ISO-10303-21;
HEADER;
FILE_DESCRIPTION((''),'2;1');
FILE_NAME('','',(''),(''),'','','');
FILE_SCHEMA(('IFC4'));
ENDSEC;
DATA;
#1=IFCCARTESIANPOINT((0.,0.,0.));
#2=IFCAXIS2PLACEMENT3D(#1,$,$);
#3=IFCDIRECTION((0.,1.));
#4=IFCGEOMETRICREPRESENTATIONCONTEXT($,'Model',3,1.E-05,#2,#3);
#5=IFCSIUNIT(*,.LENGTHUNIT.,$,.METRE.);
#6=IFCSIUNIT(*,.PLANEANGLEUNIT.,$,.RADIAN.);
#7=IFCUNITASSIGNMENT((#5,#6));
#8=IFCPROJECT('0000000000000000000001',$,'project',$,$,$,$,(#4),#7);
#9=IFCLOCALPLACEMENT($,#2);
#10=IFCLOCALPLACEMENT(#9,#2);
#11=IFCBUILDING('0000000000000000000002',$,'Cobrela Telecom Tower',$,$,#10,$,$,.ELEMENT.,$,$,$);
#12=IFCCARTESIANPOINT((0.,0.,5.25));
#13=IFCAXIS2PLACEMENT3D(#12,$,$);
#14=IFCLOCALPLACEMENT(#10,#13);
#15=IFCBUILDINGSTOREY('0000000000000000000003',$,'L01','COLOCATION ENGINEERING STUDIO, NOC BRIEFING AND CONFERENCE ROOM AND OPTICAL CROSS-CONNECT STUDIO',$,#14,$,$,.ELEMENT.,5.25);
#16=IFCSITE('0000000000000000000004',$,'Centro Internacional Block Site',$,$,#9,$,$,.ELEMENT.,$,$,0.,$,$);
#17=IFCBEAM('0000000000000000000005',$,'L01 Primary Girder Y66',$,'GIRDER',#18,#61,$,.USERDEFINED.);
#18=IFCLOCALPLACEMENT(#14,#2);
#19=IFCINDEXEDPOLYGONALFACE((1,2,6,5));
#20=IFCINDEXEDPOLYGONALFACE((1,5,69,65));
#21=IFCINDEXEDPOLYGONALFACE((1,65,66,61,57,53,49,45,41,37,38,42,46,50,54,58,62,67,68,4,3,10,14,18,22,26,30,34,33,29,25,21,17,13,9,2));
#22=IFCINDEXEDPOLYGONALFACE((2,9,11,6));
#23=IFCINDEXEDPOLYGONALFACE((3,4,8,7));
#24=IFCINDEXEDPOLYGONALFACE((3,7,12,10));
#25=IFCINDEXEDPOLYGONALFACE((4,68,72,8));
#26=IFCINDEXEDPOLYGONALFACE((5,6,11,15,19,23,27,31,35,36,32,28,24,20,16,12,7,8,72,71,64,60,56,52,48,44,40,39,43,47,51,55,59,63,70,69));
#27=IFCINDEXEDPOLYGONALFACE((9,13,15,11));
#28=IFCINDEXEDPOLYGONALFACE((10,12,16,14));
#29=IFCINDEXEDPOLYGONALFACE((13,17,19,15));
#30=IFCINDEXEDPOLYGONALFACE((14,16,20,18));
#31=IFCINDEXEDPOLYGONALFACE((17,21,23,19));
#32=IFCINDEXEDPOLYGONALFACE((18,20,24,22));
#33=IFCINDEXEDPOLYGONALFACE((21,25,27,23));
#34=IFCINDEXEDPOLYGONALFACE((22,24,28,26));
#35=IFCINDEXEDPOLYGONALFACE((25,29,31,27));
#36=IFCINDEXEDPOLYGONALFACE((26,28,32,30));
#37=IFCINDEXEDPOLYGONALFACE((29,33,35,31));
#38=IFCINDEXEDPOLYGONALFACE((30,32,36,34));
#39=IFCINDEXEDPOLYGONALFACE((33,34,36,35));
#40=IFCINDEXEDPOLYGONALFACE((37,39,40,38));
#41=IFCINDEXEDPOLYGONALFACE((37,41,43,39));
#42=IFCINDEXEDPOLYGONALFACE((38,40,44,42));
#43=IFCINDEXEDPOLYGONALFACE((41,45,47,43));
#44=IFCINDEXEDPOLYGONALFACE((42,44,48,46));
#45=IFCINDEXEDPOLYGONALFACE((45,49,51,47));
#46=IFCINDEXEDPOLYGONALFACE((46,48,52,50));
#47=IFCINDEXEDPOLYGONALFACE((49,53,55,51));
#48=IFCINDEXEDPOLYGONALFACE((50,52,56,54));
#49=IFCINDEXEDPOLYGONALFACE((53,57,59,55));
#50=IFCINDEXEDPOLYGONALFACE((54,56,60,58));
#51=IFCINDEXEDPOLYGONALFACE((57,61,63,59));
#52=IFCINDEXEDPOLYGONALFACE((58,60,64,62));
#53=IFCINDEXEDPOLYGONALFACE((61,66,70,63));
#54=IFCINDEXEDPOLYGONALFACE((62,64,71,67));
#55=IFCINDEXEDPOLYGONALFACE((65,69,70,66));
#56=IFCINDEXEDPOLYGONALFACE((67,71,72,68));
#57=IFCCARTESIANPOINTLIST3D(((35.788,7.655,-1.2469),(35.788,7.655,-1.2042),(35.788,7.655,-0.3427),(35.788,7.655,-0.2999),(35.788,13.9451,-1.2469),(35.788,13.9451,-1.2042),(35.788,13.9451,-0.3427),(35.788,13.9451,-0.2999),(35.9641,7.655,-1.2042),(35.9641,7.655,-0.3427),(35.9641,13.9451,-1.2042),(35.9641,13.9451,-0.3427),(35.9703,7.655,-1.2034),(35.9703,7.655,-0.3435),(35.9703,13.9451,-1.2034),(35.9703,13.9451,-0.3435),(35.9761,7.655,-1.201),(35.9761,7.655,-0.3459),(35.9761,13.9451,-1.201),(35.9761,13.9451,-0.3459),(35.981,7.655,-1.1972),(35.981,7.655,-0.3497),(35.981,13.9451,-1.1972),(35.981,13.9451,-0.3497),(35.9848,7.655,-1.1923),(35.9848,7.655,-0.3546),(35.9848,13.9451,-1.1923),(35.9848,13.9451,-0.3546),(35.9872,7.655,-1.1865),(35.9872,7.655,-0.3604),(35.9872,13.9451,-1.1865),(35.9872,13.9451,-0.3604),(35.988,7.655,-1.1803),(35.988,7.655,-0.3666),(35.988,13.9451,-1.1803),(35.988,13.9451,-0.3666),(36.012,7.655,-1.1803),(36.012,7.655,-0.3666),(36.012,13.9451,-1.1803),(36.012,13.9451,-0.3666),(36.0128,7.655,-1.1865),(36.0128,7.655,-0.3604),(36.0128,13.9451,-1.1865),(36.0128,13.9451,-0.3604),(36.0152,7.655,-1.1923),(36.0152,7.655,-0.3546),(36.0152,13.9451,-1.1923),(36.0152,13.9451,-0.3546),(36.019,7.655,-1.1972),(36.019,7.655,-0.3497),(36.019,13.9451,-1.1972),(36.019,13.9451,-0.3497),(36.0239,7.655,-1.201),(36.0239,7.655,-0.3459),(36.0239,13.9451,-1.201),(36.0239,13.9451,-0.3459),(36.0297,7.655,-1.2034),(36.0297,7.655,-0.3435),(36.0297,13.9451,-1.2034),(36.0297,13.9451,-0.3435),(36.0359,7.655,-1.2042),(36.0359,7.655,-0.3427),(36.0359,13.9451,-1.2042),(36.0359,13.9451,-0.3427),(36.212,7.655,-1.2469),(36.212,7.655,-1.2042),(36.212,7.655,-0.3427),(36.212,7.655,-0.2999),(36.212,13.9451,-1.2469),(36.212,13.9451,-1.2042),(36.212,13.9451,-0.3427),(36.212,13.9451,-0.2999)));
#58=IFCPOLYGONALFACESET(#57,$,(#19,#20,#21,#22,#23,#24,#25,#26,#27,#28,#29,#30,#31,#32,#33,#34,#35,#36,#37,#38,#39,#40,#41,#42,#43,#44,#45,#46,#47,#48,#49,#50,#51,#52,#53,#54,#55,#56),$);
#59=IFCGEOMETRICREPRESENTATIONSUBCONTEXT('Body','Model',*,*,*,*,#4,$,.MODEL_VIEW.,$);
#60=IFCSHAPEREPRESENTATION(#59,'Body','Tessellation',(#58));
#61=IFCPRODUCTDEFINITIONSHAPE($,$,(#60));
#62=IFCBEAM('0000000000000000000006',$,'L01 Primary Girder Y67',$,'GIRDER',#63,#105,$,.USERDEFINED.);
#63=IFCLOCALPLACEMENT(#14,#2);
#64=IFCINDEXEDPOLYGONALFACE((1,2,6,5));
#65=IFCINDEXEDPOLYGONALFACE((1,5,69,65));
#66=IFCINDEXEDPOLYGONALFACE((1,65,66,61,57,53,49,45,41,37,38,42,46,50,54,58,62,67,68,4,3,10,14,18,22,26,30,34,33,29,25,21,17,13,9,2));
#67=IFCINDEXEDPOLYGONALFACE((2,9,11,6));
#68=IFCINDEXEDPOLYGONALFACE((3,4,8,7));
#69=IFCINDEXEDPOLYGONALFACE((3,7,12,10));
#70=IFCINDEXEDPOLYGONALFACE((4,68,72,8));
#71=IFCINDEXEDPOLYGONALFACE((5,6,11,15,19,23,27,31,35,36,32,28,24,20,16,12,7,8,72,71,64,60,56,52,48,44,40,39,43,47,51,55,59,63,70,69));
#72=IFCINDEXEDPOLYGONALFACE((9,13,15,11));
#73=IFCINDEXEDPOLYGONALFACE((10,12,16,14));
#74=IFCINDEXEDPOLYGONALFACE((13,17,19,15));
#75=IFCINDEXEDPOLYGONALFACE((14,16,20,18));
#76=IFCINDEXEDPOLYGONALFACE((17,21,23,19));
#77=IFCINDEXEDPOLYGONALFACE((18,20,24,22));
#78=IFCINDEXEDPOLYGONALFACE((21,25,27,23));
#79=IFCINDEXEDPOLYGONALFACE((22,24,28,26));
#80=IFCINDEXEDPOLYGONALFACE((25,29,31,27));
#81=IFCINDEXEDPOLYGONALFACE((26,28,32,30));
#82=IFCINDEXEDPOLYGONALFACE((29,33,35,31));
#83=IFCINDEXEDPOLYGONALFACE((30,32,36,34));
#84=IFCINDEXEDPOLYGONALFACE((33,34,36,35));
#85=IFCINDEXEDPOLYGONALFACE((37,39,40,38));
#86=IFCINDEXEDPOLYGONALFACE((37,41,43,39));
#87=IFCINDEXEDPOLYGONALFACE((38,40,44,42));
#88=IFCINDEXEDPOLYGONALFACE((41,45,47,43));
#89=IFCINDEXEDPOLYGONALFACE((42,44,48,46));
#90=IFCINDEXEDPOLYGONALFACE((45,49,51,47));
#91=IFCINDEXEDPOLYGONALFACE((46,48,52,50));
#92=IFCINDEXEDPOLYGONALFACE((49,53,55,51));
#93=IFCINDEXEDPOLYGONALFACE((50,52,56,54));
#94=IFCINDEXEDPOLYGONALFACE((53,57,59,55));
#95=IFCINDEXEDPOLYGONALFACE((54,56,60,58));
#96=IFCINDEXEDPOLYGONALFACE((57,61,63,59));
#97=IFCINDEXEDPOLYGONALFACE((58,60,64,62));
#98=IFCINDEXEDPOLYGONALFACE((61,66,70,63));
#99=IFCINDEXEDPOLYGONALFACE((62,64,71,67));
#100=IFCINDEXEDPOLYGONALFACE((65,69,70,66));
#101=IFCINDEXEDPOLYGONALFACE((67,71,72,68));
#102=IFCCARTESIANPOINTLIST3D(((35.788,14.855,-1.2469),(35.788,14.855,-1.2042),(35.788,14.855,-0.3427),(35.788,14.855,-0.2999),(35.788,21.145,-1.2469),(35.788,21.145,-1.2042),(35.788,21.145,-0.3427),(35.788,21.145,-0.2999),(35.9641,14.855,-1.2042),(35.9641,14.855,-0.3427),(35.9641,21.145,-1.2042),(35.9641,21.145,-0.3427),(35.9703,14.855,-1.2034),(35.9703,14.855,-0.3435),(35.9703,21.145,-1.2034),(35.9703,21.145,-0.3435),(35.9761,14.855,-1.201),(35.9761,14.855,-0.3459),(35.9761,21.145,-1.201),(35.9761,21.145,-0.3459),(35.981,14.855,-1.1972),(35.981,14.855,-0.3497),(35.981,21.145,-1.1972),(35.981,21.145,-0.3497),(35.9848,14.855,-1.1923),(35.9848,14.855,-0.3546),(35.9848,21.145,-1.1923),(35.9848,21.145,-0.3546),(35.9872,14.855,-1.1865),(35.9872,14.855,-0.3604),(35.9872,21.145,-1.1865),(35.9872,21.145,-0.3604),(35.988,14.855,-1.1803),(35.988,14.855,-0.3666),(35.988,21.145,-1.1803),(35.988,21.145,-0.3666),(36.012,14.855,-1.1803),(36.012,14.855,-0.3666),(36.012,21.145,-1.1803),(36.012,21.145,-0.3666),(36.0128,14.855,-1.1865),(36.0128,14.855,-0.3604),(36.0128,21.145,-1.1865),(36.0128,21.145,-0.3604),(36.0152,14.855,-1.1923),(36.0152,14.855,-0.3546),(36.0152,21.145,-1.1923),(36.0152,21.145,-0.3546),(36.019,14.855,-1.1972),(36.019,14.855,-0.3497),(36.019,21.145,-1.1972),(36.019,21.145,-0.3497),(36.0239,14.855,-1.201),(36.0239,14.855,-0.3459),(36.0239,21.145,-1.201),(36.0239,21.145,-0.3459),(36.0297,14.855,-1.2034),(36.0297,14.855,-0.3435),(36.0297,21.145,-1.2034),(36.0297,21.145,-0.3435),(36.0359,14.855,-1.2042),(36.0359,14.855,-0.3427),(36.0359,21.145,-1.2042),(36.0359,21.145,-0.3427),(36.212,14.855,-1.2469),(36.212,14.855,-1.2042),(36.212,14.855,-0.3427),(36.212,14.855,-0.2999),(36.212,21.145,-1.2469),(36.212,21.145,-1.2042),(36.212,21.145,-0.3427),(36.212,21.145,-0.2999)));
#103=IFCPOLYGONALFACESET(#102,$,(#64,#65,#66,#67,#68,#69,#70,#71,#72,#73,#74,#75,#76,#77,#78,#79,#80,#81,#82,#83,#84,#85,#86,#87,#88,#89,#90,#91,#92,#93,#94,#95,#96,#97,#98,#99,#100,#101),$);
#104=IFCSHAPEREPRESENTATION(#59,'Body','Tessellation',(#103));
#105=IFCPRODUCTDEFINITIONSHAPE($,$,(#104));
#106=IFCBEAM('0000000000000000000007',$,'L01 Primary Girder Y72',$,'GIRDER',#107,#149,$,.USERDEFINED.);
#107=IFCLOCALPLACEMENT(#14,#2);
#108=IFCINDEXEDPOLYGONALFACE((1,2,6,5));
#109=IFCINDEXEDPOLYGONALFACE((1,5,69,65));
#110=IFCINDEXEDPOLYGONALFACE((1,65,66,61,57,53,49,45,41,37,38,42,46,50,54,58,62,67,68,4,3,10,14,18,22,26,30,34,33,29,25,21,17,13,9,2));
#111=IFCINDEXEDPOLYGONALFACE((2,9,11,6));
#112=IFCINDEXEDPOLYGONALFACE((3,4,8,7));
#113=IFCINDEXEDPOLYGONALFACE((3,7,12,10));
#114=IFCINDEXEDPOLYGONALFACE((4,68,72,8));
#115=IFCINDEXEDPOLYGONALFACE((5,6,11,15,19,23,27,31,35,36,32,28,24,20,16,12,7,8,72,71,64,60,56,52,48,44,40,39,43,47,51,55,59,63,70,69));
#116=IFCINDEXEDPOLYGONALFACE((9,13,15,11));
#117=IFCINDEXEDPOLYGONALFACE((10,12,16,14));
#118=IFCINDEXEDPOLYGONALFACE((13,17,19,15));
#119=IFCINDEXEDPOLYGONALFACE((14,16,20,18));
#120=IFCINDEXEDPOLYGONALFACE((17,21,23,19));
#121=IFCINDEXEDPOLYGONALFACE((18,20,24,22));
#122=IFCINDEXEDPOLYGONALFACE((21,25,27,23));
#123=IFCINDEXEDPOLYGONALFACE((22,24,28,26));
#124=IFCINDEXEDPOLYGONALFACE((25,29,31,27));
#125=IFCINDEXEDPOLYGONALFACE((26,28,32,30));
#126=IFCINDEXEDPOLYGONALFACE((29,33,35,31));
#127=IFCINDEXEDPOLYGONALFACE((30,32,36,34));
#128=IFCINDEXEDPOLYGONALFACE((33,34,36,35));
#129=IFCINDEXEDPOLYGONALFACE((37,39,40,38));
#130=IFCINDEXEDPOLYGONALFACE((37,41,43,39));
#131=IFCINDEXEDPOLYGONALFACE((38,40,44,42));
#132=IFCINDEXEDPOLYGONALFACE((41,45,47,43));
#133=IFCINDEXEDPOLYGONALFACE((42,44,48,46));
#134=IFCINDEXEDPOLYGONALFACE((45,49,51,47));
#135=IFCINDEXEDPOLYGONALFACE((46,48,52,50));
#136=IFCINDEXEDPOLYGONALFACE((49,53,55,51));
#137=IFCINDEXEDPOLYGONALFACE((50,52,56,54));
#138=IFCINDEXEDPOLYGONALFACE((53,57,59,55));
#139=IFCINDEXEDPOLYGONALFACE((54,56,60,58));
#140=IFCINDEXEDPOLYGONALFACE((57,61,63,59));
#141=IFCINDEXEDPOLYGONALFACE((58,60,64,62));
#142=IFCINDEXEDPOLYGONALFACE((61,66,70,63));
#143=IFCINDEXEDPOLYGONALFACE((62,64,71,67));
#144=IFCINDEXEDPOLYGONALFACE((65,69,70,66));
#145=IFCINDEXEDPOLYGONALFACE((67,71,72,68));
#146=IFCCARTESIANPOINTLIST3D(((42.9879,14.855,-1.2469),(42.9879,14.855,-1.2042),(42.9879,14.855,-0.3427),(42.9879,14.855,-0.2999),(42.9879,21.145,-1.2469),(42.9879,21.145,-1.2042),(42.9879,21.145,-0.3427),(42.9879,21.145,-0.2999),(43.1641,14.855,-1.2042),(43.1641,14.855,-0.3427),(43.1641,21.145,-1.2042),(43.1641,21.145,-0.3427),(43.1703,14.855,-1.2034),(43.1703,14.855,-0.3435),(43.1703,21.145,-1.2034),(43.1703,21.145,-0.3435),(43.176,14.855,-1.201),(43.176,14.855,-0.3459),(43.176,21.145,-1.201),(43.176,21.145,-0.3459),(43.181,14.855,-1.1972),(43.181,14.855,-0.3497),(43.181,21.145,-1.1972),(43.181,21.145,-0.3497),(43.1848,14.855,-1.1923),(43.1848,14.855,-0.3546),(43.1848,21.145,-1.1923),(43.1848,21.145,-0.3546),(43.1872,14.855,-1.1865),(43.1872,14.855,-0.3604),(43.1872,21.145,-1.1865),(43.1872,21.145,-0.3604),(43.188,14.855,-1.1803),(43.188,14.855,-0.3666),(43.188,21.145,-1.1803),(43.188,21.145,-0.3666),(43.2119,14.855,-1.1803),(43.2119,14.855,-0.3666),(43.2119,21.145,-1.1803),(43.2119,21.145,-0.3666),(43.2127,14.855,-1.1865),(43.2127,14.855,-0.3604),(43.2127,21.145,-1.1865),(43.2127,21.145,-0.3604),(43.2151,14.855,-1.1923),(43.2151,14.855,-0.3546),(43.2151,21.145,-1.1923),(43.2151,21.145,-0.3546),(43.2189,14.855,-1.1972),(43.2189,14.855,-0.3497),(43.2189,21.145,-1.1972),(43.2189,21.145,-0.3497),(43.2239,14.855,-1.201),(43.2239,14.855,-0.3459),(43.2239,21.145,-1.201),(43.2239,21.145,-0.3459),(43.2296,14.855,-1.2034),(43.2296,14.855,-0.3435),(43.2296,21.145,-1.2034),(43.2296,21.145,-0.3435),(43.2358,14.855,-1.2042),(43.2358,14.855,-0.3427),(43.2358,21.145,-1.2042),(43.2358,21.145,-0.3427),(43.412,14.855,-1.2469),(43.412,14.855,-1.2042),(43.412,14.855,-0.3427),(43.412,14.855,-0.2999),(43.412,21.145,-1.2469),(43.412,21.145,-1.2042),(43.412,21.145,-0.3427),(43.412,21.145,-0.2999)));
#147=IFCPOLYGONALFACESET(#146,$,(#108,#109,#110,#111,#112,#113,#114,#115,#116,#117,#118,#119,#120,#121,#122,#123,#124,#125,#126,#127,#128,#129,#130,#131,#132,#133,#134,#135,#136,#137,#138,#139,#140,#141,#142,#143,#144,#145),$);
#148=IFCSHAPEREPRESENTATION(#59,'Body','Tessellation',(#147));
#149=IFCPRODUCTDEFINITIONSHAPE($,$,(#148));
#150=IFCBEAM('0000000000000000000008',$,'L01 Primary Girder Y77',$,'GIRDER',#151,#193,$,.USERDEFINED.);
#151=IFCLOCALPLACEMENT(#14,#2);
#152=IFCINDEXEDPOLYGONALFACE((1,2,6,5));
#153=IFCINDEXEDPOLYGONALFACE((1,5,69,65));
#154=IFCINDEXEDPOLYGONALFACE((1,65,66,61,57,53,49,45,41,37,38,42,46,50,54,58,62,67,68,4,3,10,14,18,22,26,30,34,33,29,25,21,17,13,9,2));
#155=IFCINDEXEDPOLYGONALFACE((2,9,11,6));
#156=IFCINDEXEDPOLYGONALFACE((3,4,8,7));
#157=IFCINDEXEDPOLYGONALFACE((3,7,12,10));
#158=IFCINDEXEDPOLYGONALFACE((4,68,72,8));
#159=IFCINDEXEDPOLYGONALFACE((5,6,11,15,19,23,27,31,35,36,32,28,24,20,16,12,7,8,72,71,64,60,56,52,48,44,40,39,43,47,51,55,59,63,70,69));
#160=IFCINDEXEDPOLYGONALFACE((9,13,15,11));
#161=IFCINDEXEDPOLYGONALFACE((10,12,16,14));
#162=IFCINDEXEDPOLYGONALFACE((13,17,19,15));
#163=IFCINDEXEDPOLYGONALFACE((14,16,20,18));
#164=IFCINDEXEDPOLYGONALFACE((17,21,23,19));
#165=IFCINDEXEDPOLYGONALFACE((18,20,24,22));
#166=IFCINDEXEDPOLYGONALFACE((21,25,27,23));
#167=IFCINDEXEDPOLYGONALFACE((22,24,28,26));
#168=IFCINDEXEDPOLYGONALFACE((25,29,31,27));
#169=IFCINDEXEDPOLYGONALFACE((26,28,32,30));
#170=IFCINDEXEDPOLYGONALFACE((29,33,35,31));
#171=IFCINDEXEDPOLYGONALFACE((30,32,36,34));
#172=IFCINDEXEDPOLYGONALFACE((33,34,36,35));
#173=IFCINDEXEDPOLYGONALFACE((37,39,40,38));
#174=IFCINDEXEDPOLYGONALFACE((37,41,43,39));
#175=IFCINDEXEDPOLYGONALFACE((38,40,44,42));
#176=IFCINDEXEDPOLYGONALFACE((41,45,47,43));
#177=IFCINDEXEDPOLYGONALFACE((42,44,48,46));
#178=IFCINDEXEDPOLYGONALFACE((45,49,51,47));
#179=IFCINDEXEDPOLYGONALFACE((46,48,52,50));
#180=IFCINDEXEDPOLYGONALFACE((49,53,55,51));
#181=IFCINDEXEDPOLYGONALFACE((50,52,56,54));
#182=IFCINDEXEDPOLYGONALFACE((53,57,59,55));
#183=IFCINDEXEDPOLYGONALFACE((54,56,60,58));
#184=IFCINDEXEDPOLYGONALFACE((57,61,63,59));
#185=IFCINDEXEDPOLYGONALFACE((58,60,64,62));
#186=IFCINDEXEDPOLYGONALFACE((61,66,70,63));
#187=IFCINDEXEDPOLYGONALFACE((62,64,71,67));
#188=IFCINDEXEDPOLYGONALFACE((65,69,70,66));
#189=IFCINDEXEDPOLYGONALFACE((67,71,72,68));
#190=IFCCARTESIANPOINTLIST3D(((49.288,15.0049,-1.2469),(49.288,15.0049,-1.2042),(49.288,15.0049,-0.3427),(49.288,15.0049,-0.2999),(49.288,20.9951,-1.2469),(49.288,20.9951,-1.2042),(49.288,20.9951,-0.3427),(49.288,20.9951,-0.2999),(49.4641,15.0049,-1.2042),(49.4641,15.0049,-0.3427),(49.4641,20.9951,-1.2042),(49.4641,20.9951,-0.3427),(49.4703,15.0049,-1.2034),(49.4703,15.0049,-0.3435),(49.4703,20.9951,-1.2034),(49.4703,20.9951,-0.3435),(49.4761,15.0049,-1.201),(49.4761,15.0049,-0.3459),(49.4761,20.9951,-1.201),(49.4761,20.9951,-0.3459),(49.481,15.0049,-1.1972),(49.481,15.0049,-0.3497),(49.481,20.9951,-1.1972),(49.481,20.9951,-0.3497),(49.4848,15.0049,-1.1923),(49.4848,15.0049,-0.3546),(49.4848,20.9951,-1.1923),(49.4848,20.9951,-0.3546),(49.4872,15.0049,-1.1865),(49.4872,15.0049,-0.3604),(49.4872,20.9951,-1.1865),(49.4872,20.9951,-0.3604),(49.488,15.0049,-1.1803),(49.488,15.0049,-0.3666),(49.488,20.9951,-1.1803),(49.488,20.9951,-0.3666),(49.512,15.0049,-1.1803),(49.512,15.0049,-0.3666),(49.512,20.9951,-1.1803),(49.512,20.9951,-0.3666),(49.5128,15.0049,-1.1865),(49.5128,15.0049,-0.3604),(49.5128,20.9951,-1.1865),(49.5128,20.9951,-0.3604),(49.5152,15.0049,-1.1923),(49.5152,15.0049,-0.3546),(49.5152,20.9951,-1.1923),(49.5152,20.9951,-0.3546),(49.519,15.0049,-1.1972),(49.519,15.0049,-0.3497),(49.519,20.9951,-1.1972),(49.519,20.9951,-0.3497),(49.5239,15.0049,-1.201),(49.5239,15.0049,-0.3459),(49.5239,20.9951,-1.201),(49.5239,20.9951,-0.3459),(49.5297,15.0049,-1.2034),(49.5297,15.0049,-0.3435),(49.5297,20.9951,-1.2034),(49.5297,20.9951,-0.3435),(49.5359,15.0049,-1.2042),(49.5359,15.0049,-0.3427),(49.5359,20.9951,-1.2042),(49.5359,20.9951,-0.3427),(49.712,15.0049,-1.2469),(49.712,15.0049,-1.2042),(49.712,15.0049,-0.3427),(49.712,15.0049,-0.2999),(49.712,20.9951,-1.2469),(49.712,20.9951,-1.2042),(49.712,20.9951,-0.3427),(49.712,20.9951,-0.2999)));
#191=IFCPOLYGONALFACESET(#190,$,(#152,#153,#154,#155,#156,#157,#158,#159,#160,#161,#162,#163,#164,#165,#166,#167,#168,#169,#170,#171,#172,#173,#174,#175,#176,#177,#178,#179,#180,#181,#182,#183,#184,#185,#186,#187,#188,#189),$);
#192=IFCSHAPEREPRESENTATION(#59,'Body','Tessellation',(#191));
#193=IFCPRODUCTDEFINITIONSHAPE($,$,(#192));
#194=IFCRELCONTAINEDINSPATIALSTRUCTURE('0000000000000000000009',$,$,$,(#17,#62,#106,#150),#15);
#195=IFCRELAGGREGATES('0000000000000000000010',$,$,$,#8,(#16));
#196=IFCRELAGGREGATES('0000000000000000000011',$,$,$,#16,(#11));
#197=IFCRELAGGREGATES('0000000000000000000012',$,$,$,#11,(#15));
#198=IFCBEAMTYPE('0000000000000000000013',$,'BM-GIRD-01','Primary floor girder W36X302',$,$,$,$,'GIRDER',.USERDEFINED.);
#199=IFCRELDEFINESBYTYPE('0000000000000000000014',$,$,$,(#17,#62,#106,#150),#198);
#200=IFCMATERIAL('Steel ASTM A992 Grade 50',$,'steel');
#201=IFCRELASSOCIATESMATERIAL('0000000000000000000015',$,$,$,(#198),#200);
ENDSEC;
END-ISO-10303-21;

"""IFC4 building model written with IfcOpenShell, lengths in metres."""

from ifc_helpers import new_model, si_unit, direction, frame, origin, origin_2d, place, context, subcontext, project, spatial, i_section, extrude, material, material_profile, profile_set, type_object, element, save


model = new_model("IFC4")

# Units and contexts
model_context = context("Model", 3, precision=1e-05, world=origin(), true_north=direction((0.0, 1.0)))
body_context = subcontext(model_context, "Body", "Model", "MODEL_VIEW")
ifc_project = project(units=[si_unit("LENGTHUNIT", "METRE"), si_unit("PLANEANGLEUNIT", "RADIAN")], contexts=[model_context])

# Site, building, storey
site_placement = place(None, origin())
site = spatial("IfcSite", under=ifc_project, at=site_placement, Name="Centro Internacional Block Site", CompositionType="ELEMENT", RefElevation=0.0)
building_placement = place(site_placement, origin())
building = spatial("IfcBuilding", under=site, at=building_placement, Name="Cobrela Telecom Tower", CompositionType="ELEMENT")
storey_placement = place(building_placement, frame((0.0, 0.0, 5.25)))
storey = spatial("IfcBuildingStorey", under=building, at=storey_placement, Name="L01", Description="COLOCATION ENGINEERING STUDIO, NOC BRIEFING AND CONFERENCE ROOM AND OPTICAL CROSS-CONNECT STUDIO", CompositionType="ELEMENT", Elevation=5.25)

# Beams
ifc_material_1 = material(Name="Steel ASTM A992 Grade 50", Category="steel")
ifc_material_profile_1 = material_profile(ifc_material_1, i_section(OverallWidth=0.4241, OverallDepth=0.947, WebThickness=0.0239, FlangeThickness=0.0427, FilletRadius=0.0239, at=origin_2d()), Name="W36X302")
ifc_profile_set_1 = profile_set([ifc_material_profile_1], Name="Steel ASTM A992 Grade 50")
beam_type_1 = type_object("IfcBeamType", Name="BM-GIRD-01", Description="Primary floor girder W36X302", ElementType="GIRDER", PredefinedType="USERDEFINED", material=ifc_profile_set_1)
for number, where, z_axis, x_axis, name in (
    (1, (36.0, 7.655, -0.7734), (0.0, 1.0, 0.0), (-1.0, 0.0, 0.0), "L01 Primary Girder Y66"),
    (2, (36.0, 14.855, -0.7734), (0.0, 1.0, 0.0), (-1.0, 0.0, 0.0), "L01 Primary Girder Y67"),
    (3, (43.2, 14.855, -0.7734), (0.0, 1.0, 0.0), (-1.0, 0.0, 0.0), "L01 Primary Girder Y72"),
):
    element("IfcBeam", number, at=place(storey_placement, frame(where, z_axis=z_axis, x_axis=x_axis)), inside=storey, type_object=beam_type_1, Name=name, ObjectType="GIRDER", PredefinedType="USERDEFINED", context=body_context, shape_type="SweptSolid", body=[
        extrude(i_section(OverallWidth=0.4241, OverallDepth=0.947, WebThickness=0.0239, FlangeThickness=0.0427, FilletRadius=0.0239, at=origin_2d()), origin(), (0.0, 0.0, 1.0), 6.29),
    ])
beam_1_placement = place(storey_placement, frame((49.5, 15.0049, -0.7734), z_axis=(0.0, 1.0, 0.0), x_axis=(-1.0, 0.0, 0.0)))
element("IfcBeam", 4, at=beam_1_placement, inside=storey, type_object=beam_type_1, Name="L01 Primary Girder Y77", ObjectType="GIRDER", PredefinedType="USERDEFINED", context=body_context, shape_type="SweptSolid", body=[
    extrude(i_section(OverallWidth=0.4241, OverallDepth=0.947, WebThickness=0.0239, FlangeThickness=0.0427, FilletRadius=0.0239, at=origin_2d()), origin(), (0.0, 0.0, 1.0), 5.9902),
])

save(model, "model.ifc")
